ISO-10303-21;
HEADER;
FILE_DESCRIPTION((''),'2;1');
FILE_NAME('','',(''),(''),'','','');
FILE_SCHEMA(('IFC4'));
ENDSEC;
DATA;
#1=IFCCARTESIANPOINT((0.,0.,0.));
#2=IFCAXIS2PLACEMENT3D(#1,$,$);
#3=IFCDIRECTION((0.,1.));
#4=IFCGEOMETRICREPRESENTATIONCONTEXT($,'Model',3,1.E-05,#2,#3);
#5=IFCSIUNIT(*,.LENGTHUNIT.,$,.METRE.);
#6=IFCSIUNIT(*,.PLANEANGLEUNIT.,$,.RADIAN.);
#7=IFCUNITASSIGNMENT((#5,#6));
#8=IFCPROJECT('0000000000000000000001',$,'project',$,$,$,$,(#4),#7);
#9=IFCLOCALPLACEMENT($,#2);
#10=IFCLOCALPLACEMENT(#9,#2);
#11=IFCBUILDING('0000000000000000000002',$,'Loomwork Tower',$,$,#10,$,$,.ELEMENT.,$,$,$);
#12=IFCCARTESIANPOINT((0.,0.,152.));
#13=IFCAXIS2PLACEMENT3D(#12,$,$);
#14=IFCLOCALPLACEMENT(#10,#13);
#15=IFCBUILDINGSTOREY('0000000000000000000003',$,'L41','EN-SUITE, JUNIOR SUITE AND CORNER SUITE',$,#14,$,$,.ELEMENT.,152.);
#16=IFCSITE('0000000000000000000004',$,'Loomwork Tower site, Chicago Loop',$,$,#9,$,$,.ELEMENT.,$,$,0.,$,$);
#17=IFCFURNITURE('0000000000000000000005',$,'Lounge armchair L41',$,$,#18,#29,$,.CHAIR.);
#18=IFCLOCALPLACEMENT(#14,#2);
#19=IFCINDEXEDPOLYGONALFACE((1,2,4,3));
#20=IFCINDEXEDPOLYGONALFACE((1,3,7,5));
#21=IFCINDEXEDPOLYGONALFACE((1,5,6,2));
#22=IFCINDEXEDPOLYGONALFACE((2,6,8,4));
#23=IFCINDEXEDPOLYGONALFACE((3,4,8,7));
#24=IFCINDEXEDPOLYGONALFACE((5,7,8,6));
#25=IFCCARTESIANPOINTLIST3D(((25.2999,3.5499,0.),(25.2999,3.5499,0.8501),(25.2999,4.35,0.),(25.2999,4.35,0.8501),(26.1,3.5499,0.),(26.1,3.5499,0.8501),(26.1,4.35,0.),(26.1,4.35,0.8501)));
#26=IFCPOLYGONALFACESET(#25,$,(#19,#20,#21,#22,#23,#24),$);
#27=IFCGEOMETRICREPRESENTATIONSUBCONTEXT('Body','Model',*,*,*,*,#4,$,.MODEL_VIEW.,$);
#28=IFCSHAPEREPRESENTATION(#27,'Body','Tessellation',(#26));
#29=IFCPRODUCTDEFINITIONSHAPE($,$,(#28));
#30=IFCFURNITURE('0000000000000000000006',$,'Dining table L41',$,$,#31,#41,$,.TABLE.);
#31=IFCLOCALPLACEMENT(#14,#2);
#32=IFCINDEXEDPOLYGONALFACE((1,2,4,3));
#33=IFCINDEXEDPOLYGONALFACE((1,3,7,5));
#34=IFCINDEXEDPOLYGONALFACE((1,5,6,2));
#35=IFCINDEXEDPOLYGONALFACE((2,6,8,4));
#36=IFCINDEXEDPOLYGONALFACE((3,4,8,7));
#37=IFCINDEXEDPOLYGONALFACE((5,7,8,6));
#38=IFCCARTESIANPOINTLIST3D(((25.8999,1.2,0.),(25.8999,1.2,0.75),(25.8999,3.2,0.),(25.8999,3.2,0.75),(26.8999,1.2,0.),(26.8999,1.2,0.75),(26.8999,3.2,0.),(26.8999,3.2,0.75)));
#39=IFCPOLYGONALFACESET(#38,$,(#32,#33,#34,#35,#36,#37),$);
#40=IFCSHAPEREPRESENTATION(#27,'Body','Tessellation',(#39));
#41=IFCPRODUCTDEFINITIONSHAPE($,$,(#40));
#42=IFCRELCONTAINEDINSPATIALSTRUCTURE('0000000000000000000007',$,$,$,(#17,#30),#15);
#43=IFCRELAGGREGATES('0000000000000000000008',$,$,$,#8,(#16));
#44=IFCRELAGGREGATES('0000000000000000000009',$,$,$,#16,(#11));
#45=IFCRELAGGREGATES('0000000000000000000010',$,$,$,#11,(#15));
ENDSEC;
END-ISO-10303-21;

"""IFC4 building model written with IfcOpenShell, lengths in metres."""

from ifc_helpers import new_model, si_unit, direction, frame, origin, origin_2d, place, context, subcontext, project, spatial, rectangle, extrude, element, save


model = new_model("IFC4")

# Units and contexts
model_context = context("Model", 3, precision=1e-05, world=origin(), true_north=direction((0.0, 1.0)))
body_context = subcontext(model_context, "Body", "Model", "MODEL_VIEW")
ifc_project = project(units=[si_unit("LENGTHUNIT", "METRE"), si_unit("PLANEANGLEUNIT", "RADIAN")], contexts=[model_context])

# Site, building, storey
site_placement = place(None, origin())
site = spatial("IfcSite", under=ifc_project, at=site_placement, Name="Loomwork Tower site, Chicago Loop", CompositionType="ELEMENT", RefElevation=0.0)
building_placement = place(site_placement, origin())
building = spatial("IfcBuilding", under=site, at=building_placement, Name="Loomwork Tower", CompositionType="ELEMENT")
storey_placement = place(building_placement, frame((0.0, 0.0, 152.0)))
storey = spatial("IfcBuildingStorey", under=building, at=storey_placement, Name="L41", Description="EN-SUITE, JUNIOR SUITE AND CORNER SUITE", CompositionType="ELEMENT", Elevation=152.0)

# Furniture
furniture_1_placement = place(storey_placement, frame((25.7, 3.95, 0.0), z_axis=(0.0, 0.0, 1.0), x_axis=(1.0, 0.0, 0.0)))
element("IfcFurniture", 1, at=furniture_1_placement, inside=storey, Name="Lounge armchair L41", PredefinedType="CHAIR", context=body_context, shape_type="SweptSolid", body=[
    extrude(rectangle(XDim=0.8, YDim=0.8, at=origin_2d()), origin(), (0.0, 0.0, 1.0), 0.8501),
])
furniture_2_placement = place(storey_placement, frame((26.3999, 2.2, 0.0), z_axis=(0.0, 0.0, 1.0), x_axis=(1.0, 0.0, 0.0)))
element("IfcFurniture", 2, at=furniture_2_placement, inside=storey, Name="Dining table L41", PredefinedType="TABLE", context=body_context, shape_type="SweptSolid", body=[
    extrude(rectangle(XDim=1.0, YDim=2.0, at=origin_2d()), origin(), (0.0, 0.0, 1.0), 0.75),
])

save(model, "model.ifc")
